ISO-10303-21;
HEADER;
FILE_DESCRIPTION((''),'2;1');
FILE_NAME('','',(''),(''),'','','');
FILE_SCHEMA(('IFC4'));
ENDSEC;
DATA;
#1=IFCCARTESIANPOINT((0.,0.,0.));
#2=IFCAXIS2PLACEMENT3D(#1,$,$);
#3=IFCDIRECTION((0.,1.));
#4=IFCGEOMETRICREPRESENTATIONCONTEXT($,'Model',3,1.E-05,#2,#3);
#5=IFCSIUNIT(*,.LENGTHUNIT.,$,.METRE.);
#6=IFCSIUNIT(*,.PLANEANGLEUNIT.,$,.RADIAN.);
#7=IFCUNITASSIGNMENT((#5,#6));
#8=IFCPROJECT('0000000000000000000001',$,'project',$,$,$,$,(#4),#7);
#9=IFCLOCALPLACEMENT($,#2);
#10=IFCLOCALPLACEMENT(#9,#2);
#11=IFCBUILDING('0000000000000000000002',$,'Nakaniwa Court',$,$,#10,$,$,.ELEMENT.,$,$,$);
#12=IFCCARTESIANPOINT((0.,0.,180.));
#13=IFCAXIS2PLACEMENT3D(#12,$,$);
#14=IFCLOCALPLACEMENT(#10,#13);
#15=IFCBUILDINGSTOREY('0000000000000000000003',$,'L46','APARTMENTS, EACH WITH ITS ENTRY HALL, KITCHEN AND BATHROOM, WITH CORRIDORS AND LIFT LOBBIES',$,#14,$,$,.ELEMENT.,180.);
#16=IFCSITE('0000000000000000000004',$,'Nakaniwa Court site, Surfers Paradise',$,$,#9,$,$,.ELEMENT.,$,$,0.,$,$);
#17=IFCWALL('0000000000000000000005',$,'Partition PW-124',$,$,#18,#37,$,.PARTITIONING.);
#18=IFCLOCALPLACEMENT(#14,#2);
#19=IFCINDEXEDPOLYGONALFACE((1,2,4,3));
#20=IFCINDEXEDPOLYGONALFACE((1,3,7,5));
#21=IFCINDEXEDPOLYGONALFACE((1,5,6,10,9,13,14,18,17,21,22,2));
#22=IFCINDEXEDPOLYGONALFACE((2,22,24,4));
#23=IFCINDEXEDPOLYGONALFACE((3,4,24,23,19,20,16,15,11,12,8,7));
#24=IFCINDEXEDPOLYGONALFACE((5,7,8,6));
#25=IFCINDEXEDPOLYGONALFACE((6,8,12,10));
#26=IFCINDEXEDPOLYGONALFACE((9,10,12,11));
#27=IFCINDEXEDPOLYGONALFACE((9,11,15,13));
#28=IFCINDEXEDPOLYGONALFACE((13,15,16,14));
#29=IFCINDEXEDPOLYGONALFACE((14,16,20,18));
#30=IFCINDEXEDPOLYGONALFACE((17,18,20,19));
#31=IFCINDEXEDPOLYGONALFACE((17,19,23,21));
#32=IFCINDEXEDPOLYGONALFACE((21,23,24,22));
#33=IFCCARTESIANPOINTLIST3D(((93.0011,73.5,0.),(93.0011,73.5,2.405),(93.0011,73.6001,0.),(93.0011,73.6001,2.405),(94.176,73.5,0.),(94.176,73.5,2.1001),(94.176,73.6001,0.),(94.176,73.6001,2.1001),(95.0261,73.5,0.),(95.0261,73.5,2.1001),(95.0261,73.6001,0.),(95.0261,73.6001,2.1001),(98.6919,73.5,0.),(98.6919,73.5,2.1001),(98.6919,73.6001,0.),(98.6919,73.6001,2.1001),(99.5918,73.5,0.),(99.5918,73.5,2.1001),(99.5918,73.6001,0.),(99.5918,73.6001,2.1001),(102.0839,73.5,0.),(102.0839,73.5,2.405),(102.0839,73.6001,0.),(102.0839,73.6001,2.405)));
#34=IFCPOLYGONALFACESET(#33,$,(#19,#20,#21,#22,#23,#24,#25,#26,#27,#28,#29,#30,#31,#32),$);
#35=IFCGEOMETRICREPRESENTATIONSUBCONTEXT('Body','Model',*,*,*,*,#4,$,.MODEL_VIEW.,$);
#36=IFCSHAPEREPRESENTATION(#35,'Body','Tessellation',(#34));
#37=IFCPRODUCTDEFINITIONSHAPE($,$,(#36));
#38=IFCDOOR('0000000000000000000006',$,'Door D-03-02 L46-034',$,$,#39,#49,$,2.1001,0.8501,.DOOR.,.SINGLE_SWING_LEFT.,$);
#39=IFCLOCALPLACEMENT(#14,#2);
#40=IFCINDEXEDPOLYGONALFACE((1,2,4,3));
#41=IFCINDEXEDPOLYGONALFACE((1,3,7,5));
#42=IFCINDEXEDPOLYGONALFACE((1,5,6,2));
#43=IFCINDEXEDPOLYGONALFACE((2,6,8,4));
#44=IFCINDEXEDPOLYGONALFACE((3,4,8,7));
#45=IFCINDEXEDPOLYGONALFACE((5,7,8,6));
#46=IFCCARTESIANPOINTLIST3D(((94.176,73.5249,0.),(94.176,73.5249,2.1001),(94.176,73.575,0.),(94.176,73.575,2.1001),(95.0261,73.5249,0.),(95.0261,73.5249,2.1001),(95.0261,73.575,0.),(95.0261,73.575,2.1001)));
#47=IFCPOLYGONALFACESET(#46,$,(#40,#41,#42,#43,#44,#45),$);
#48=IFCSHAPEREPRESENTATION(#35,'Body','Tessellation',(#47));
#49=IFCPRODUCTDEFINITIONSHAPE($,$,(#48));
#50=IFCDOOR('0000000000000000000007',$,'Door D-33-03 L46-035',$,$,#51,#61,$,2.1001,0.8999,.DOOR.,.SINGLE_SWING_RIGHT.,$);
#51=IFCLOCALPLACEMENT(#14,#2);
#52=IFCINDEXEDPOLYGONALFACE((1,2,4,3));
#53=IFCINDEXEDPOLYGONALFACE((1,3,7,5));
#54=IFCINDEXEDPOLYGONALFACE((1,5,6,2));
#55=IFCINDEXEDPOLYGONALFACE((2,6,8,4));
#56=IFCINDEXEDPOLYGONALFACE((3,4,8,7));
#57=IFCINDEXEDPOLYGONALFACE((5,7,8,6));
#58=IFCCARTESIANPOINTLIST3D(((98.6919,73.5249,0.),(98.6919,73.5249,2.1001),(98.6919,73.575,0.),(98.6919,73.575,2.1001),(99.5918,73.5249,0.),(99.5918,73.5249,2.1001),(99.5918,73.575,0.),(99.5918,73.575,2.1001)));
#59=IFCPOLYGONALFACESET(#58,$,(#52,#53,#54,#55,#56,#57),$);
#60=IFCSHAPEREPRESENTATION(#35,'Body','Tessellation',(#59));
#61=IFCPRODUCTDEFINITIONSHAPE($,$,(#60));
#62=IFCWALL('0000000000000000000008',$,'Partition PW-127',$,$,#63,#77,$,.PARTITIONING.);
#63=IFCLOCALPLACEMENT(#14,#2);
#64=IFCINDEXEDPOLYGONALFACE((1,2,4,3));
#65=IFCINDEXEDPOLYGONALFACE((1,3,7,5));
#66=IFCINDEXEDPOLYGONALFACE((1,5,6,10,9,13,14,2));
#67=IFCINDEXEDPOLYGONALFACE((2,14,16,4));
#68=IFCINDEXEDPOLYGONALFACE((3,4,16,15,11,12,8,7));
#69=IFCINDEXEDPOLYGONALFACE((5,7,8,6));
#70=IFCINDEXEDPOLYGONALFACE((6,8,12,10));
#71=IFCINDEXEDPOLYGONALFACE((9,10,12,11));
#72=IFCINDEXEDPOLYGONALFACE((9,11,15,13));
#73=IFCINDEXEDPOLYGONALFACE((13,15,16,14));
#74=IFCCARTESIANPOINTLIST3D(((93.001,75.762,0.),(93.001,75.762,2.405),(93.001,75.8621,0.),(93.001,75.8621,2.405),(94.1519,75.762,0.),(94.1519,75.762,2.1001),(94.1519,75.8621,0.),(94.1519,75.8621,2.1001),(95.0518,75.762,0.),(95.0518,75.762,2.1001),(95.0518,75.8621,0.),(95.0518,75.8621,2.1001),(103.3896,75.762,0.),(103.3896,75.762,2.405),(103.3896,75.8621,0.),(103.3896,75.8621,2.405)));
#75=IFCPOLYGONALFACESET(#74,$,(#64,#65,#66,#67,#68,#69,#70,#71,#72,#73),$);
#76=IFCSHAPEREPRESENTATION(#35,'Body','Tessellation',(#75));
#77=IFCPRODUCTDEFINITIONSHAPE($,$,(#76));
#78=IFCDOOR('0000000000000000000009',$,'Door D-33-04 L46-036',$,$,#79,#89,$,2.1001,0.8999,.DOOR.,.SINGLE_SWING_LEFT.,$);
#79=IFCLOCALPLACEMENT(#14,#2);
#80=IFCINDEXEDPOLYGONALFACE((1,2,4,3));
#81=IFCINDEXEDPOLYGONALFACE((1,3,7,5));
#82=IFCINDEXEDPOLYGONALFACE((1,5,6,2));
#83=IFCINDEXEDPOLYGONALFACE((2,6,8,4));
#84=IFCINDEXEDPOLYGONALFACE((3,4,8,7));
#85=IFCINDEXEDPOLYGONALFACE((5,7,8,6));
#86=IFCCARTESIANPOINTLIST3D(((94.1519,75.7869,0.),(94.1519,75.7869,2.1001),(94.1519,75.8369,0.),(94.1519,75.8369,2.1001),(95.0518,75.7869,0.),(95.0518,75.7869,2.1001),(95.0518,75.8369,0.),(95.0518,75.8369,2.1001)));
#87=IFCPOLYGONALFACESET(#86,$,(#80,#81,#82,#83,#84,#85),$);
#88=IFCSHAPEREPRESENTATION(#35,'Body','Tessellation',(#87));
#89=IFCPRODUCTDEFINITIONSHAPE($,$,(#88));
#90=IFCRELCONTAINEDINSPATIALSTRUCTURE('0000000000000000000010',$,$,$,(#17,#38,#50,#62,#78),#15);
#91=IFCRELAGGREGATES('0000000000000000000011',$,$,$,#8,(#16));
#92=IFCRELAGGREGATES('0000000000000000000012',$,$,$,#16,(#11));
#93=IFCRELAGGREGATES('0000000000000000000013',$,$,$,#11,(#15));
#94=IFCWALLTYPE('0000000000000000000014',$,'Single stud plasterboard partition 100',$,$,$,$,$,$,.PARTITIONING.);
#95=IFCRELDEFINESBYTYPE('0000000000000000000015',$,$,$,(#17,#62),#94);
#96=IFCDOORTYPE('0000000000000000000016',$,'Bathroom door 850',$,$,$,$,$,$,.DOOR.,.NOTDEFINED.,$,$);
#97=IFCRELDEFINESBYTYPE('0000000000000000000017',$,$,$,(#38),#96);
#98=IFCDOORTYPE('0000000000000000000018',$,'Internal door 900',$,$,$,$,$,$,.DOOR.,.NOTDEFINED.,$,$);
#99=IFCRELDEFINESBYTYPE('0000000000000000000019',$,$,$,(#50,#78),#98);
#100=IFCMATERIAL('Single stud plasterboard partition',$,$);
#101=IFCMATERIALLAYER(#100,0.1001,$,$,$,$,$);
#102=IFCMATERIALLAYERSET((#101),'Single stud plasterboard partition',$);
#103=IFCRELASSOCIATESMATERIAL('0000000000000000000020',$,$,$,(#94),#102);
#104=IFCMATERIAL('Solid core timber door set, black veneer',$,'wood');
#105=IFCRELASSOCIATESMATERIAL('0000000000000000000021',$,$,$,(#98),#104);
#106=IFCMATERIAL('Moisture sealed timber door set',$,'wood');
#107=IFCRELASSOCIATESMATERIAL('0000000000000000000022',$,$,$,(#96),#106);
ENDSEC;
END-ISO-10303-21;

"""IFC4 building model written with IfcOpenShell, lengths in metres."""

from ifc_helpers import new_model, si_unit, direction, frame, frame_2d, origin, place, context, subcontext, project, spatial, rectangle, extrude, material, layer, layer_set, type_object, element, fill, save


model = new_model("IFC4")

# Units and contexts
model_context = context("Model", 3, precision=1e-05, world=origin(), true_north=direction((0.0, 1.0)))
body_context = subcontext(model_context, "Body", "Model", "MODEL_VIEW")
ifc_project = project(units=[si_unit("LENGTHUNIT", "METRE"), si_unit("PLANEANGLEUNIT", "RADIAN")], contexts=[model_context])

# Site, building, storey
site_placement = place(None, origin())
site = spatial("IfcSite", under=ifc_project, at=site_placement, Name="Nakaniwa Court site, Surfers Paradise", CompositionType="ELEMENT", RefElevation=0.0)
building_placement = place(site_placement, origin())
building = spatial("IfcBuilding", under=site, at=building_placement, Name="Nakaniwa Court", CompositionType="ELEMENT")
storey_placement = place(building_placement, frame((0.0, 0.0, 180.0)))
storey = spatial("IfcBuildingStorey", under=building, at=storey_placement, Name="L46", Description="APARTMENTS, EACH WITH ITS ENTRY HALL, KITCHEN AND BATHROOM, WITH CORRIDORS AND LIFT LOBBIES", CompositionType="ELEMENT", Elevation=180.0)

# Shared definitions
ifc_material_1 = material(Name="Solid core timber door set, black veneer", Category="wood")

# Shared definitions
ifc_material_2 = material(Name="Single stud plasterboard partition")
ifc_layer_1 = layer(ifc_material_2, 0.1001)
ifc_layer_set_1 = layer_set([ifc_layer_1], Name="Single stud plasterboard partition")
wall_type_1 = type_object("IfcWallType", Name="Single stud plasterboard partition 100", PredefinedType="PARTITIONING", material=ifc_layer_set_1)
door_type_1 = type_object("IfcDoorType", Name="Internal door 900", OperationType="NOTDEFINED", PredefinedType="DOOR", material=ifc_material_1)

# Wall, openings, doors
wall_1_placement = place(storey_placement, frame((93.001, 73.55, 0.0), z_axis=(0.0, 0.0, 1.0), x_axis=(1.0, 0.0, 0.0)))
wall_1 = element("IfcWall", 1, at=wall_1_placement, inside=storey, type_object=wall_type_1, Name="Partition PW-124", PredefinedType="PARTITIONING", context=body_context, shape_type="SweptSolid", body=[
    extrude(rectangle(XDim=9.0828, YDim=0.1001, at=frame_2d((4.5415, 0.0))), origin(), (0.0, 0.0, 1.0), 2.405),
])
opening_1_placement = place(wall_1_placement, frame((1.175, 0.0, 0.0)))
opening_1 = element("IfcOpeningElement", 2, at=opening_1_placement, cuts=wall_1, PredefinedType="OPENING", context=body_context, shape_type="SweptSolid", body=[
    extrude(rectangle(XDim=0.8501, YDim=2.1001, at=frame_2d((0.425, 1.05))), frame((0.0, 0.0601, 0.0), z_axis=(0.0, -1.0, 0.0), x_axis=(1.0, 0.0, 0.0)), (0.0, 0.0, 1.0), 0.1201),
])
opening_2_placement = place(wall_1_placement, frame((5.6909, 0.0, 0.0)))
opening_2 = element("IfcOpeningElement", 3, at=opening_2_placement, cuts=wall_1, PredefinedType="OPENING", context=body_context, shape_type="SweptSolid", body=[
    extrude(rectangle(XDim=0.8999, YDim=2.1001, at=frame_2d((0.45, 1.05))), frame((0.0, 0.0601, 0.0), z_axis=(0.0, -1.0, 0.0), x_axis=(1.0, 0.0, 0.0)), (0.0, 0.0, 1.0), 0.1201),
])
ifc_material_3 = material(Name="Moisture sealed timber door set", Category="wood")
door_type_2 = type_object("IfcDoorType", Name="Bathroom door 850", OperationType="NOTDEFINED", PredefinedType="DOOR", material=ifc_material_3)
door_1_placement = place(opening_1_placement, origin())
door_1 = element("IfcDoor", 4, at=door_1_placement, inside=storey, type_object=door_type_2, Name="Door D-03-02 L46-034", OperationType="SINGLE_SWING_LEFT", OverallHeight=2.1001, OverallWidth=0.8501, PredefinedType="DOOR", context=body_context, shape_type="SweptSolid", body=[
    extrude(rectangle(XDim=0.8501, YDim=2.1001, at=frame_2d((0.425, 1.05))), frame((0.0, 0.0249, 0.0), z_axis=(0.0, -1.0, 0.0), x_axis=(1.0, 0.0, 0.0)), (0.0, 0.0, 1.0), 0.05),
])
fill(opening_1, door_1)
door_2_placement = place(opening_2_placement, origin())
door_2 = element("IfcDoor", 5, at=door_2_placement, inside=storey, type_object=door_type_1, Name="Door D-33-03 L46-035", OperationType="SINGLE_SWING_RIGHT", OverallHeight=2.1001, OverallWidth=0.8999, PredefinedType="DOOR", context=body_context, shape_type="SweptSolid", body=[
    extrude(rectangle(XDim=0.8999, YDim=2.1001, at=frame_2d((0.45, 1.05))), frame((0.0, 0.0249, 0.0), z_axis=(0.0, -1.0, 0.0), x_axis=(1.0, 0.0, 0.0)), (0.0, 0.0, 1.0), 0.05),
])
fill(opening_2, door_2)

# Wall, opening, door
wall_2_placement = place(storey_placement, frame((93.001, 75.812, 0.0), z_axis=(0.0, 0.0, 1.0), x_axis=(1.0, 0.0, 0.0)))
wall_2 = element("IfcWall", 6, at=wall_2_placement, inside=storey, type_object=wall_type_1, Name="Partition PW-127", PredefinedType="PARTITIONING", context=body_context, shape_type="SweptSolid", body=[
    extrude(rectangle(XDim=10.3887, YDim=0.1001, at=frame_2d((5.1943, 0.0))), origin(), (0.0, 0.0, 1.0), 2.405),
])
opening_3_placement = place(wall_2_placement, frame((1.1509, 0.0, 0.0)))
opening_3 = element("IfcOpeningElement", 7, at=opening_3_placement, cuts=wall_2, PredefinedType="OPENING", context=body_context, shape_type="SweptSolid", body=[
    extrude(rectangle(XDim=0.8999, YDim=2.1001, at=frame_2d((0.45, 1.05))), frame((0.0, 0.0601, 0.0), z_axis=(0.0, -1.0, 0.0), x_axis=(1.0, 0.0, 0.0)), (0.0, 0.0, 1.0), 0.1201),
])
door_3_placement = place(opening_3_placement, origin())
door_3 = element("IfcDoor", 8, at=door_3_placement, inside=storey, type_object=door_type_1, Name="Door D-33-04 L46-036", OperationType="SINGLE_SWING_LEFT", OverallHeight=2.1001, OverallWidth=0.8999, PredefinedType="DOOR", context=body_context, shape_type="SweptSolid", body=[
    extrude(rectangle(XDim=0.8999, YDim=2.1001, at=frame_2d((0.45, 1.05))), frame((0.0, 0.0249, 0.0), z_axis=(0.0, -1.0, 0.0), x_axis=(1.0, 0.0, 0.0)), (0.0, 0.0, 1.0), 0.05),
])
fill(opening_3, door_3)

save(model, "model.ifc")
